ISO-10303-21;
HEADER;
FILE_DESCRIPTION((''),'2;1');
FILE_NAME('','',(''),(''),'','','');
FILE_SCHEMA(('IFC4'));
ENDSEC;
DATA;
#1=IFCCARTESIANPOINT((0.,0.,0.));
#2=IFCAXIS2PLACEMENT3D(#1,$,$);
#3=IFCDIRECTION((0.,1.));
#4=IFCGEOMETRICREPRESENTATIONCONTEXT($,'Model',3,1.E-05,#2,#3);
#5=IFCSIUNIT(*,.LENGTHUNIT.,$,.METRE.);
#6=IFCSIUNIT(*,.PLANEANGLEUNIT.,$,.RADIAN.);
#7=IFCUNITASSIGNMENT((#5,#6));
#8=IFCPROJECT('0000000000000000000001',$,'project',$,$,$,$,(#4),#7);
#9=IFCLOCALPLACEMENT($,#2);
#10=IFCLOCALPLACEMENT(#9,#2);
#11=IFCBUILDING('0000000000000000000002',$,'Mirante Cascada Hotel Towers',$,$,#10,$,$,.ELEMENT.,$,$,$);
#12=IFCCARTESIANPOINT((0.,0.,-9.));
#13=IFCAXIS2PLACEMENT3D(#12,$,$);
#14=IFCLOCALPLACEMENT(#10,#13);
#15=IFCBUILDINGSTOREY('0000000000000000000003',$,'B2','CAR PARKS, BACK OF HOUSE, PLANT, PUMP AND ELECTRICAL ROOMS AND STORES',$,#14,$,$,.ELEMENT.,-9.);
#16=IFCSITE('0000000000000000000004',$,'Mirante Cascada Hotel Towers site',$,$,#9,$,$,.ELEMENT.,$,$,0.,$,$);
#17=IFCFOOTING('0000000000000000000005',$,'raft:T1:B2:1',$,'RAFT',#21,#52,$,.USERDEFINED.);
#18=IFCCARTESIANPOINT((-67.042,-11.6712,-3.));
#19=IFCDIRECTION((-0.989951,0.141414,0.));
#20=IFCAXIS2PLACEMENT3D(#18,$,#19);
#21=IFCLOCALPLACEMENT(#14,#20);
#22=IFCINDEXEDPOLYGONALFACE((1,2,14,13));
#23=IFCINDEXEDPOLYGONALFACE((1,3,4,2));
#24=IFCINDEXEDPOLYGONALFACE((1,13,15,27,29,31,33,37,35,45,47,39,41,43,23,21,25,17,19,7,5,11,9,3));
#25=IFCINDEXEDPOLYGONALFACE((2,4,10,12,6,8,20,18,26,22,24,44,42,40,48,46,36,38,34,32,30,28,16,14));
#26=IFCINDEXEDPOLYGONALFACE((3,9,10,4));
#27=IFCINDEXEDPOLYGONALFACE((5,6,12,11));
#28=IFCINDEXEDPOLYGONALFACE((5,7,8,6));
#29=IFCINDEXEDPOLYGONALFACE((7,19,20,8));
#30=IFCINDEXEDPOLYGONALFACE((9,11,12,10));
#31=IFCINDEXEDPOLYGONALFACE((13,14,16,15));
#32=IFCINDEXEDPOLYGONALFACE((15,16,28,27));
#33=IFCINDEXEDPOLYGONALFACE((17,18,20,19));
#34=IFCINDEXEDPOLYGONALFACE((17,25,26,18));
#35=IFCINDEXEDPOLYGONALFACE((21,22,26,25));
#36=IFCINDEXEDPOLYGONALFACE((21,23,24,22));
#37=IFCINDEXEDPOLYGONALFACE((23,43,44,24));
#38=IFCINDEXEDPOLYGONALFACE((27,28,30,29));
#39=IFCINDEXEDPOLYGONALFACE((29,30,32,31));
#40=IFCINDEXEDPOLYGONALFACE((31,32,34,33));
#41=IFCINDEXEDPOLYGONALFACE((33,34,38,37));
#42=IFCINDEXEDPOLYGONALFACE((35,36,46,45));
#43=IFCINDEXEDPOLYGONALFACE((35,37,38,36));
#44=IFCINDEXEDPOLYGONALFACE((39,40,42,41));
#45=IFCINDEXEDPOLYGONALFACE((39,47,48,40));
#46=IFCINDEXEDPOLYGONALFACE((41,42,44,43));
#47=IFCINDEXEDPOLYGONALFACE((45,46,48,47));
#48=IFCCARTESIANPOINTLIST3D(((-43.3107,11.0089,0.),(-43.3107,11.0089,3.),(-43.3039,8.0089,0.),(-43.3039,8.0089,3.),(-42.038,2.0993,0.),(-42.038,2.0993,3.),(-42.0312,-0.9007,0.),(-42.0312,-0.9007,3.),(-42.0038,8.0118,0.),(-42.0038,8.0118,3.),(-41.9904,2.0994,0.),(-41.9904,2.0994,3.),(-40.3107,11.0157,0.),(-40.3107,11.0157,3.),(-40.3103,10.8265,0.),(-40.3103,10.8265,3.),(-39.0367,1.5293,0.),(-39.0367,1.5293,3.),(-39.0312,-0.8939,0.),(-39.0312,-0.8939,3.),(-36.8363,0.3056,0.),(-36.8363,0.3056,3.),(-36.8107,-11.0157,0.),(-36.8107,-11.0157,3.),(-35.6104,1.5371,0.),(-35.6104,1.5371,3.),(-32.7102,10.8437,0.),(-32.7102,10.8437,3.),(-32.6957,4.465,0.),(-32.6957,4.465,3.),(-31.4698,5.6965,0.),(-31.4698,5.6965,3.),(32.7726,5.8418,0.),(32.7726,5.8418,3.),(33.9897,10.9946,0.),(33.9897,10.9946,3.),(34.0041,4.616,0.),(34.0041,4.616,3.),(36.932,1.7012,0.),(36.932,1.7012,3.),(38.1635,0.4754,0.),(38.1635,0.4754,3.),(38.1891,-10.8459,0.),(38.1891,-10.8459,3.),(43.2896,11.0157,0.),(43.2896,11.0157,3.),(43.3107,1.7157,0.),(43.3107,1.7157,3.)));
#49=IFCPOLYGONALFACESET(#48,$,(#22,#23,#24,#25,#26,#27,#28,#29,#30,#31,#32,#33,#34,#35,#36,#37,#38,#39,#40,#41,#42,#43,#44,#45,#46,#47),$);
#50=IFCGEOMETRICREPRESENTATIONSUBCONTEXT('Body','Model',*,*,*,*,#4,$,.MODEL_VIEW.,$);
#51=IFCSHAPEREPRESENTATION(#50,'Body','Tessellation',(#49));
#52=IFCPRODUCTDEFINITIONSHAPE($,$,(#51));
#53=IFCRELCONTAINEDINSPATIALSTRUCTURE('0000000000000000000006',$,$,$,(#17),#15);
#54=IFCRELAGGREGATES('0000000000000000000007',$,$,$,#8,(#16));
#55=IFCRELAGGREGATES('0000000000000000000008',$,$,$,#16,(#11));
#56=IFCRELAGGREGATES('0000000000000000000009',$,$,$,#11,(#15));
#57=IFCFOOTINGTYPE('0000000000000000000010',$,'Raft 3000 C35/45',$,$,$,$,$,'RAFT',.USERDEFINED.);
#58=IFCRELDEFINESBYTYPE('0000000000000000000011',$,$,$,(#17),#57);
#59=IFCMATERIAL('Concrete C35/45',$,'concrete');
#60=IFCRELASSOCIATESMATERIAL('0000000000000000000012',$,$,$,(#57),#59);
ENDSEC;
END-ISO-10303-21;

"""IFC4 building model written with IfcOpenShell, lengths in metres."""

from ifc_helpers import new_model, si_unit, direction, frame, origin, place, context, subcontext, project, spatial, polyline, outline, extrude, material, type_object, element, save


model = new_model("IFC4")

# Units and contexts
model_context = context("Model", 3, precision=1e-05, world=origin(), true_north=direction((0.0, 1.0)))
body_context = subcontext(model_context, "Body", "Model", "MODEL_VIEW")
ifc_project = project(units=[si_unit("LENGTHUNIT", "METRE"), si_unit("PLANEANGLEUNIT", "RADIAN")], contexts=[model_context])

# Site, building, storey
site_placement = place(None, origin())
site = spatial("IfcSite", under=ifc_project, at=site_placement, Name="Mirante Cascada Hotel Towers site", CompositionType="ELEMENT", RefElevation=0.0)
building_placement = place(site_placement, origin())
building = spatial("IfcBuilding", under=site, at=building_placement, Name="Mirante Cascada Hotel Towers", CompositionType="ELEMENT")
storey_placement = place(building_placement, frame((0.0, 0.0, -9.0)))
storey = spatial("IfcBuildingStorey", under=building, at=storey_placement, Name="B2", Description="CAR PARKS, BACK OF HOUSE, PLANT, PUMP AND ELECTRICAL ROOMS AND STORES", CompositionType="ELEMENT", Elevation=-9.0)

# Footing
ifc_material_1 = material(Name="Concrete C35/45", Category="concrete")
footing_type = type_object("IfcFootingType", Name="Raft 3000 C35/45", ElementType="RAFT", PredefinedType="USERDEFINED", material=ifc_material_1)
footing_placement = place(storey_placement, frame((-67.042, -11.6712, -3.0), x_axis=(-0.989951, 0.141414, 0.0)))
element("IfcFooting", 1, at=footing_placement, inside=storey, type_object=footing_type, Name="raft:T1:B2:1", ObjectType="RAFT", PredefinedType="USERDEFINED", context=body_context, shape_type="SweptSolid", body=[
    extrude(outline(polyline([(-42.0038, 8.0118), (-43.3039, 8.0089), (-43.3107, 11.0089), (-40.3107, 11.0157), (-40.3103, 10.8265), (-32.7102, 10.8437), (-32.6957, 4.465), (-31.4698, 5.6965), (32.7726, 5.8418), (34.0041, 4.616), (33.9897, 10.9946), (43.2896, 11.0157), (43.3107, 1.7157), (36.932, 1.7012), (38.1635, 0.4754), (38.1891, -10.8459), (-36.8107, -11.0157), (-36.8363, 0.3056), (-35.6104, 1.5371), (-39.0367, 1.5293), (-39.0312, -0.8939), (-42.0312, -0.9007), (-42.038, 2.0993), (-41.9904, 2.0994), (-42.0038, 8.0118)])), origin(), (0.0, 0.0, 1.0), 3.0),
])

save(model, "model.ifc")
